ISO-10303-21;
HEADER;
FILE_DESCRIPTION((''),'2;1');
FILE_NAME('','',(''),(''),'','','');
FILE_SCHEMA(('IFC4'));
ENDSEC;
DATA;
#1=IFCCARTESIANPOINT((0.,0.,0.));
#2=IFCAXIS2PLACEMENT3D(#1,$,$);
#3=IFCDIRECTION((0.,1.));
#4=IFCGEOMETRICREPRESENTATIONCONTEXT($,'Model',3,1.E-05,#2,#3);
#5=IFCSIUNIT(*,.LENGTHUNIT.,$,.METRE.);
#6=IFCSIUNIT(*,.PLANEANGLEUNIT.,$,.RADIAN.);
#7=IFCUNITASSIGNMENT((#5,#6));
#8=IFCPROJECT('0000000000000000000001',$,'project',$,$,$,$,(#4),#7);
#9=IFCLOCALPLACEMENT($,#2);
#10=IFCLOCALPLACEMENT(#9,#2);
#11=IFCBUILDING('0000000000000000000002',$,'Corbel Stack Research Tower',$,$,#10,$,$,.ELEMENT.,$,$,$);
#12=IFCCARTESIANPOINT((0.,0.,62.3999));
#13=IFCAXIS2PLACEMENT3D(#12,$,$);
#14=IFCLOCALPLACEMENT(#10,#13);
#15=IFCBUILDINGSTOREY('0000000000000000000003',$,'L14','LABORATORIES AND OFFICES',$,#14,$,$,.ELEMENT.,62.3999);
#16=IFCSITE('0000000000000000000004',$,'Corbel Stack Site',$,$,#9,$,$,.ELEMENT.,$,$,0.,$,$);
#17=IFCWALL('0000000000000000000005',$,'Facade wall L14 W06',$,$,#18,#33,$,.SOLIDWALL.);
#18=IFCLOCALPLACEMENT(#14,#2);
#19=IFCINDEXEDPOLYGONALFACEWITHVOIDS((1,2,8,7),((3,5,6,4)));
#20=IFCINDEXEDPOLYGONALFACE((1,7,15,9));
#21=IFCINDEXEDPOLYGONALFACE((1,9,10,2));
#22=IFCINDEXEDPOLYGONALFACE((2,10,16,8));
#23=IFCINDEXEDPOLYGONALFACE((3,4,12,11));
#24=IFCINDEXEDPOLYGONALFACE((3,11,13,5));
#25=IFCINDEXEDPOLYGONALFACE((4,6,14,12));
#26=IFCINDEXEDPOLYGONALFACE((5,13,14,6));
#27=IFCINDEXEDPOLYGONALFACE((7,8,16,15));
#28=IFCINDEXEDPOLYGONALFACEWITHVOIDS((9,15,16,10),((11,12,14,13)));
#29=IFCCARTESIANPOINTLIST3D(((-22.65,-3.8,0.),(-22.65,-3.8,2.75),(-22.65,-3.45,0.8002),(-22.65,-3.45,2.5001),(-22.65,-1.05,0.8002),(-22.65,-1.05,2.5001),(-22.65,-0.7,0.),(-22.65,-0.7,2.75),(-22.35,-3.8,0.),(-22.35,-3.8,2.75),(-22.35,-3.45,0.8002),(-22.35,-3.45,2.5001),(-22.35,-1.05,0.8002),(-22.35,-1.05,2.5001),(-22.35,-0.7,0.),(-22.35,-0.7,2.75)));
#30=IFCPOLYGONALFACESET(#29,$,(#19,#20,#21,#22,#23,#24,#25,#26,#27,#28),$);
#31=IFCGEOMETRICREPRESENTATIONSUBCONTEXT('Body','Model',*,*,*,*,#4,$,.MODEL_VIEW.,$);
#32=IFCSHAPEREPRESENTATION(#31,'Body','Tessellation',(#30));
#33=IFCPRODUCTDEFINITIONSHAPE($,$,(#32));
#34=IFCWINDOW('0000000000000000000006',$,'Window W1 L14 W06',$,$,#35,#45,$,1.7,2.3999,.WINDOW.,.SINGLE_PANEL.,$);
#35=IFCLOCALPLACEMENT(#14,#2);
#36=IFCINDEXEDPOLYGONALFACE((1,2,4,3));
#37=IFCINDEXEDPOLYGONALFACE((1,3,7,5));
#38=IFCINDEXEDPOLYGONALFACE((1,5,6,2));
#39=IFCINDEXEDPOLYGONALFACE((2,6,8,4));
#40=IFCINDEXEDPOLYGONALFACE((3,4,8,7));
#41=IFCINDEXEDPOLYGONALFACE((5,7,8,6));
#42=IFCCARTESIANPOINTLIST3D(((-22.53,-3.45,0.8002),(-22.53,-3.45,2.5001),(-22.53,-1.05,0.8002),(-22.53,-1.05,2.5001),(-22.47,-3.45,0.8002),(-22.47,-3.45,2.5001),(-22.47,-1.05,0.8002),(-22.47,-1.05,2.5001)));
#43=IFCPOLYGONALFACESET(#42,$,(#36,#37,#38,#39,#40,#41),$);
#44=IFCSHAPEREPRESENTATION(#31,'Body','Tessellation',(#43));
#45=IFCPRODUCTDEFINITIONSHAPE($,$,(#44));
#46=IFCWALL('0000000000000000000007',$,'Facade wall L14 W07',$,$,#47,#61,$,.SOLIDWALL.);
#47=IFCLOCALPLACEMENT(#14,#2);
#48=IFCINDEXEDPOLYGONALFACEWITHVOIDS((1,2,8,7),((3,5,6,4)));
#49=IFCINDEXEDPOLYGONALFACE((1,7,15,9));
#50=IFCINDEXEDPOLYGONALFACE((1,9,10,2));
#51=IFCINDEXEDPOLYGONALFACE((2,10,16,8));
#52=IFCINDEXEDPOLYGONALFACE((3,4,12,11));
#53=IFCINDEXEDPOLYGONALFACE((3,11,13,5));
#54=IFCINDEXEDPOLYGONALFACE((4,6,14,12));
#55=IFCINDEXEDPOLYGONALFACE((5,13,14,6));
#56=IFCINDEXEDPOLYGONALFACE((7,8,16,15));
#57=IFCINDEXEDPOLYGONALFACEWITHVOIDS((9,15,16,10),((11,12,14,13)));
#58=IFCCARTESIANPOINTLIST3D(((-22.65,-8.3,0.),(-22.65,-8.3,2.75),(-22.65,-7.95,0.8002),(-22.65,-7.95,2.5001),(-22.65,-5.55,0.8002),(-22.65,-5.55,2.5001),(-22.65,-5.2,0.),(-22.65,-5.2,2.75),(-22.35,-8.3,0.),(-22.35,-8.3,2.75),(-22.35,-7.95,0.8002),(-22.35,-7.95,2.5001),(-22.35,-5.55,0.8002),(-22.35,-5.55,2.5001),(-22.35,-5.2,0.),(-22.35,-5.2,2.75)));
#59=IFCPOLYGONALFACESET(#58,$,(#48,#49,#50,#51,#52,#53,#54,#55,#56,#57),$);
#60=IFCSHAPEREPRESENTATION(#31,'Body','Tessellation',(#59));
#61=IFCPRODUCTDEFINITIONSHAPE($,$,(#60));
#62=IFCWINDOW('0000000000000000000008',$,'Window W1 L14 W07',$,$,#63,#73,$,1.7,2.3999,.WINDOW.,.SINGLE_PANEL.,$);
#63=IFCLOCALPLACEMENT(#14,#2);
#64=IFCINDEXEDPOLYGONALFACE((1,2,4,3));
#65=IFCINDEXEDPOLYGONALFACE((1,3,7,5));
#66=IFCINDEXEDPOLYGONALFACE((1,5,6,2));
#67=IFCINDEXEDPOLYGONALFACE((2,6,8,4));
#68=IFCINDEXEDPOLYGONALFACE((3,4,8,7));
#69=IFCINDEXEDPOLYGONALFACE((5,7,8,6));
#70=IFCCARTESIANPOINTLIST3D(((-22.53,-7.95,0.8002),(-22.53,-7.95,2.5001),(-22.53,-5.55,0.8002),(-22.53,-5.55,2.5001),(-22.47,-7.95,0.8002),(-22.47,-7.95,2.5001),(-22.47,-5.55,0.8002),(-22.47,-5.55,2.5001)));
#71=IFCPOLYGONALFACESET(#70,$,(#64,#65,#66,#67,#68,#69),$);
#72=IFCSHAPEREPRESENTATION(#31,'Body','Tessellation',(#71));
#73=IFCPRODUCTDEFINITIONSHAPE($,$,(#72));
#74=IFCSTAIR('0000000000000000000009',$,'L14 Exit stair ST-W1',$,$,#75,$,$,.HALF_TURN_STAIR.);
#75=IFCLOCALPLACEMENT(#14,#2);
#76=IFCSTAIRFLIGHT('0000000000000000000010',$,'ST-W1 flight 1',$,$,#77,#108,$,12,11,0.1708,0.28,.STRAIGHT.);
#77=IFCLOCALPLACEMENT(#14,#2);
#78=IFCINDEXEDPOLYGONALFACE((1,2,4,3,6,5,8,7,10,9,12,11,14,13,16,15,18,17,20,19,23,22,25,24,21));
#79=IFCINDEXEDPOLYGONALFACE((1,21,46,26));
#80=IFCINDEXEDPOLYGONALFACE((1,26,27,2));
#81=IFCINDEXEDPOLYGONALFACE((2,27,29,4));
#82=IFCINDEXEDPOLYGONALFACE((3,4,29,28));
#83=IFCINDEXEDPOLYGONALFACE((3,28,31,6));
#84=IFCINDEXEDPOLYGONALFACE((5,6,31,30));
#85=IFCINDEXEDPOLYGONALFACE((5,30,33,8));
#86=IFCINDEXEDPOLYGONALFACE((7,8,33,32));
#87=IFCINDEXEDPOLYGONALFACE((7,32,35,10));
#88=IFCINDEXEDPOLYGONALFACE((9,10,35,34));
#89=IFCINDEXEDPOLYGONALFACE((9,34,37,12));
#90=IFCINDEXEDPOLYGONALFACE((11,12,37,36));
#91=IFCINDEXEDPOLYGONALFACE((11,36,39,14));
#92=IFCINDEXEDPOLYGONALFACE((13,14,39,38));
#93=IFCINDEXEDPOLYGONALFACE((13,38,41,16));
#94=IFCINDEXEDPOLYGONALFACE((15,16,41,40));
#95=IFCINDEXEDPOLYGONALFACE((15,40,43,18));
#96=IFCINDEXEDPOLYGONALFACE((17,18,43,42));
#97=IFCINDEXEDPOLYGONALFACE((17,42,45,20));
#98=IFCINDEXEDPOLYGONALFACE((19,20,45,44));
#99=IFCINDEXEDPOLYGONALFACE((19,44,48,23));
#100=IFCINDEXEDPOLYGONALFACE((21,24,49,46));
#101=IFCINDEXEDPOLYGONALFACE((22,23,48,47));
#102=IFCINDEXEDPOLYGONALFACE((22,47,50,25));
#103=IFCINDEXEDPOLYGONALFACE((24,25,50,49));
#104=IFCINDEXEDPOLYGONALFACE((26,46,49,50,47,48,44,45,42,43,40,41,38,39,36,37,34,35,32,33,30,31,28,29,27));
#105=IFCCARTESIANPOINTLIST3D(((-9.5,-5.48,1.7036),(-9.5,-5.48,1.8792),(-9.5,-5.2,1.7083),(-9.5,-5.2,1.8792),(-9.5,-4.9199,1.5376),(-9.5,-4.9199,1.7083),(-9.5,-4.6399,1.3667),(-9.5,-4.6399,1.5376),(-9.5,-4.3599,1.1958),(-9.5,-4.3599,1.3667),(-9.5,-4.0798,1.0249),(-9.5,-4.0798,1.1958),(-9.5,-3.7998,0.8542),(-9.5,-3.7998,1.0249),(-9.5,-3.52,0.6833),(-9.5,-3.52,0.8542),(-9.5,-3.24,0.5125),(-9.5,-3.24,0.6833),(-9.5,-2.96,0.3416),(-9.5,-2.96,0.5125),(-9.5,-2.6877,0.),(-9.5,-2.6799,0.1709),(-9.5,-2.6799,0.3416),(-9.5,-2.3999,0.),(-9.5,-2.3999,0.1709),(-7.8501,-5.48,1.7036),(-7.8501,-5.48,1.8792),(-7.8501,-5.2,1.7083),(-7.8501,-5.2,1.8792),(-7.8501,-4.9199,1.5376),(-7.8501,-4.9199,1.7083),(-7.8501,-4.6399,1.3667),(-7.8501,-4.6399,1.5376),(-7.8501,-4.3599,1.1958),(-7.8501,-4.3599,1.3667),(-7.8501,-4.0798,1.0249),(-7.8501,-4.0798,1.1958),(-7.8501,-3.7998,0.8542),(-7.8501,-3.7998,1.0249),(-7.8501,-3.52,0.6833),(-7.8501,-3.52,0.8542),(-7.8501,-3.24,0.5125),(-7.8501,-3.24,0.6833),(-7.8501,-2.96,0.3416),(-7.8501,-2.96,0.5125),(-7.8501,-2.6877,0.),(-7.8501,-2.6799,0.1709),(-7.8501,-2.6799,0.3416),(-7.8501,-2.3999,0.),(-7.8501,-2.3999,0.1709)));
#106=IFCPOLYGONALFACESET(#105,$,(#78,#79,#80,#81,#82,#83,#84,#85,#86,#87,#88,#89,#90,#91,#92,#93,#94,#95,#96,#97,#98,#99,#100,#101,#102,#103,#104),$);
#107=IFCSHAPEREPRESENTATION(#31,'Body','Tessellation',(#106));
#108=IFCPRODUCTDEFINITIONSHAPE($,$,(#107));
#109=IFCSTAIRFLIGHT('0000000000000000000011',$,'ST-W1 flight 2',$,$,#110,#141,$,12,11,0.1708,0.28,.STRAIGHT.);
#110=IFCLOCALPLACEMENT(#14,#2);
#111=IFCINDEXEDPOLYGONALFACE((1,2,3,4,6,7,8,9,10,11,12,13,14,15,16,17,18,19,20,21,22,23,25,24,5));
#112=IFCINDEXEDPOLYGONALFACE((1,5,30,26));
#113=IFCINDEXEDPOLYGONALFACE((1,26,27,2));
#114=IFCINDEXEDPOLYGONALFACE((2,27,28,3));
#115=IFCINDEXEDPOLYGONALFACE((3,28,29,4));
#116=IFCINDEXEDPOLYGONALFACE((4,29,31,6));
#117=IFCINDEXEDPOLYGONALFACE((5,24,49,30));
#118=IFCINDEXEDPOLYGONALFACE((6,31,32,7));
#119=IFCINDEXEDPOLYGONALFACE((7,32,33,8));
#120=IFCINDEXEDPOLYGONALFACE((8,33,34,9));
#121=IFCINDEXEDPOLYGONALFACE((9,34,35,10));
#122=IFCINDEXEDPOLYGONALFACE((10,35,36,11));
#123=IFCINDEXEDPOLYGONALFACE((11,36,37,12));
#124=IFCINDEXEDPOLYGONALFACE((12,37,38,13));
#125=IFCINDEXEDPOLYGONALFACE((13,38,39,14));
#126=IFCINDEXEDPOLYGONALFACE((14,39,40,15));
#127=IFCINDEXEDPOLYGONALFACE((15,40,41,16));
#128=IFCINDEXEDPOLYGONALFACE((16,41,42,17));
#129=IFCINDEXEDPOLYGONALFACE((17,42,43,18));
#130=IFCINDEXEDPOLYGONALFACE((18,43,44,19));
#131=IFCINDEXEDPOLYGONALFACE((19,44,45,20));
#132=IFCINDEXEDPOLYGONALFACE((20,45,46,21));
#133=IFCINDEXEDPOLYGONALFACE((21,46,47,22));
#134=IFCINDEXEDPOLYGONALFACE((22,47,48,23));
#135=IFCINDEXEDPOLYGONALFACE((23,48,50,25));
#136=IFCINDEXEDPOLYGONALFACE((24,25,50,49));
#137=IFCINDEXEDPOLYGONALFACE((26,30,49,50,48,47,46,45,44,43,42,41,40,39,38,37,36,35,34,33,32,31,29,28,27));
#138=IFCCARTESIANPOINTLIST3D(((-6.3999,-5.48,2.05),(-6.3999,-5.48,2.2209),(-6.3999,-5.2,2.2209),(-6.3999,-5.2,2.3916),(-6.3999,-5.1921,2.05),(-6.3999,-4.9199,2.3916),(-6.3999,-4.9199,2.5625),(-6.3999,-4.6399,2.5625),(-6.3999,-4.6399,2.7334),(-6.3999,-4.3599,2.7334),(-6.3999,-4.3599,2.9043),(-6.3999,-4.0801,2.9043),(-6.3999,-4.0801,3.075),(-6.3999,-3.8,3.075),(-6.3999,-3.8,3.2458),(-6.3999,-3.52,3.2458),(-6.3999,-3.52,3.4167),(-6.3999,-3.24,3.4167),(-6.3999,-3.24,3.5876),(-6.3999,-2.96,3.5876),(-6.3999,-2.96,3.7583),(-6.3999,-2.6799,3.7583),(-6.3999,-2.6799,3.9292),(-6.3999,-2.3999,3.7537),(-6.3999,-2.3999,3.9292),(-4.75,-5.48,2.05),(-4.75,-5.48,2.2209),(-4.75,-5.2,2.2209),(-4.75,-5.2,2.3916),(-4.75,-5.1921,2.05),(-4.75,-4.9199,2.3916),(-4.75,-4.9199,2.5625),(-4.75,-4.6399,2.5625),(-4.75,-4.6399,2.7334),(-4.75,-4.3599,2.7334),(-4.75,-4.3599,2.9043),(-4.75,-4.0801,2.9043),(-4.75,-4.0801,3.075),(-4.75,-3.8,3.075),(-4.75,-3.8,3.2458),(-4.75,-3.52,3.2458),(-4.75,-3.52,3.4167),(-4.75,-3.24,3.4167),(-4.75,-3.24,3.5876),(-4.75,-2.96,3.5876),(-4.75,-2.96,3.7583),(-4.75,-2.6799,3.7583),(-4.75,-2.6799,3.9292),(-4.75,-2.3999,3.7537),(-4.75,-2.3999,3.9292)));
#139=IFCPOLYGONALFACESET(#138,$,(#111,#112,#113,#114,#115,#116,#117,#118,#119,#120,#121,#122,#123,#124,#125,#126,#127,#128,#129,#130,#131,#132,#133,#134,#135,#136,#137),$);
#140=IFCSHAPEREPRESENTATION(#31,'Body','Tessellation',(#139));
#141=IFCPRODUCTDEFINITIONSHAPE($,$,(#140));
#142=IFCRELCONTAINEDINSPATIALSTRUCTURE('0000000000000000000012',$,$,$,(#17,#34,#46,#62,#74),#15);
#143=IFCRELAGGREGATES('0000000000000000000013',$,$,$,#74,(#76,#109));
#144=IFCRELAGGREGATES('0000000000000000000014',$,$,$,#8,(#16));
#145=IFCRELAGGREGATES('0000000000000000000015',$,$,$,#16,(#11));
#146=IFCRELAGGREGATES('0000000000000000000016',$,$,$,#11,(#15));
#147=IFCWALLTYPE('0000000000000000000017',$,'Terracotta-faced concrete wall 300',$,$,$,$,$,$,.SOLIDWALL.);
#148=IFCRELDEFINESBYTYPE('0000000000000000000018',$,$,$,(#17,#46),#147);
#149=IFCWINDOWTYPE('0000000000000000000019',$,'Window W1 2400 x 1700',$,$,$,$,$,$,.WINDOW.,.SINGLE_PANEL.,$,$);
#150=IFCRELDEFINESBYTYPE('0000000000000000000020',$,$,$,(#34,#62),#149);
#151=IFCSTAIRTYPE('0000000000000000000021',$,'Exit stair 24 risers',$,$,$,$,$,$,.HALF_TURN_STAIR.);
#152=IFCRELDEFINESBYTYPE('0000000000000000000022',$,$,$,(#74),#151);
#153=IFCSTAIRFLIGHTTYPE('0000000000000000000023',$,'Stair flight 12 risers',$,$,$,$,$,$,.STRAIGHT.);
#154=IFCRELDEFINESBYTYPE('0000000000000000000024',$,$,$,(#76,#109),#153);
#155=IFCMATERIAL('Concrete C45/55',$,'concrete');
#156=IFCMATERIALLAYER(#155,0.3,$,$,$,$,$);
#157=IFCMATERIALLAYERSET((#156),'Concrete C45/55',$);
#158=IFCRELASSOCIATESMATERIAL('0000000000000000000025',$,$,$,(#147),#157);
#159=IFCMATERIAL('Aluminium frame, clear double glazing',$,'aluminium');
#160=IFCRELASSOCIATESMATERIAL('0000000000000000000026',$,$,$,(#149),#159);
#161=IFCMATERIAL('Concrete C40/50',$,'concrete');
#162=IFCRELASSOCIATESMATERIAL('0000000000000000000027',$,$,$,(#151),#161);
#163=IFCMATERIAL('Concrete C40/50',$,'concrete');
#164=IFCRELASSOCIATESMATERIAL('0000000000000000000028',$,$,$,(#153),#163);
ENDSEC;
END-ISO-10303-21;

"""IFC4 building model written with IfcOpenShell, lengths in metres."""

from ifc_helpers import new_model, si_unit, direction, frame, frame_2d, origin, place, context, subcontext, project, spatial, polyline, rectangle, outline, extrude, material, layer, layer_set, type_object, element, fill, aggregate, save


model = new_model("IFC4")

# Units and contexts
model_context = context("Model", 3, precision=1e-05, world=origin(), true_north=direction((0.0, 1.0)))
body_context = subcontext(model_context, "Body", "Model", "MODEL_VIEW")
ifc_project = project(units=[si_unit("LENGTHUNIT", "METRE"), si_unit("PLANEANGLEUNIT", "RADIAN")], contexts=[model_context])

# Site, building, storey
site_placement = place(None, origin())
site = spatial("IfcSite", under=ifc_project, at=site_placement, Name="Corbel Stack Site", CompositionType="ELEMENT", RefElevation=0.0)
building_placement = place(site_placement, origin())
building = spatial("IfcBuilding", under=site, at=building_placement, Name="Corbel Stack Research Tower", CompositionType="ELEMENT")
storey_placement = place(building_placement, frame((0.0, 0.0, 62.3999)))
storey = spatial("IfcBuildingStorey", under=building, at=storey_placement, Name="L14", Description="LABORATORIES AND OFFICES", CompositionType="ELEMENT", Elevation=62.3999)

# Walls, openings, windows
ifc_material_1 = material(Name="Concrete C45/55", Category="concrete")
ifc_layer_1 = layer(ifc_material_1, 0.3)
ifc_layer_set_1 = layer_set([ifc_layer_1], Name="Concrete C45/55")
wall_type_1 = type_object("IfcWallType", Name="Terracotta-faced concrete wall 300", PredefinedType="SOLIDWALL", material=ifc_layer_set_1)
wall_1_placement = place(storey_placement, frame((-22.5, -3.8, 0.0), z_axis=(0.0, 0.0, 1.0), x_axis=(0.0, 1.0, 0.0)))
wall_1 = element("IfcWall", 1, at=wall_1_placement, inside=storey, type_object=wall_type_1, Name="Facade wall L14 W06", PredefinedType="SOLIDWALL", context=body_context, shape_type="SweptSolid", body=[
    extrude(rectangle(XDim=3.1001, YDim=0.3, at=frame_2d((1.55, 0.0))), origin(), (0.0, 0.0, 1.0), 2.75),
])
opening_1_placement = place(wall_1_placement, frame((0.3501, 0.0, 0.8)))
opening_1 = element("IfcOpeningElement", 2, at=opening_1_placement, cuts=wall_1, PredefinedType="OPENING", context=body_context, shape_type="SweptSolid", body=[
    extrude(rectangle(XDim=2.3999, YDim=1.7, at=frame_2d((1.2, 0.8501))), frame((0.0, 0.1599, 0.0), z_axis=(0.0, -1.0, 0.0), x_axis=(1.0, 0.0, 0.0)), (0.0, 0.0, 1.0), 0.3201),
])
ifc_material_2 = material(Name="Aluminium frame, clear double glazing", Category="aluminium")
window_type = type_object("IfcWindowType", Name="Window W1 2400 x 1700", PartitioningType="SINGLE_PANEL", PredefinedType="WINDOW", material=ifc_material_2)
window_1_placement = place(opening_1_placement, origin())
window_1 = element("IfcWindow", 3, at=window_1_placement, inside=storey, type_object=window_type, Name="Window W1 L14 W06", OverallHeight=1.7, OverallWidth=2.3999, PartitioningType="SINGLE_PANEL", PredefinedType="WINDOW", context=body_context, shape_type="SweptSolid", body=[
    extrude(rectangle(XDim=2.3999, YDim=1.7, at=frame_2d((1.2, 0.8501))), frame((0.0, 0.03, 0.0), z_axis=(0.0, -1.0, 0.0), x_axis=(1.0, 0.0, 0.0)), (0.0, 0.0, 1.0), 0.0601),
])
fill(opening_1, window_1)
wall_2_placement = place(storey_placement, frame((-22.5, -8.3, 0.0), z_axis=(0.0, 0.0, 1.0), x_axis=(0.0, 1.0, 0.0)))
wall_2 = element("IfcWall", 4, at=wall_2_placement, inside=storey, type_object=wall_type_1, Name="Facade wall L14 W07", PredefinedType="SOLIDWALL", context=body_context, shape_type="SweptSolid", body=[
    extrude(rectangle(XDim=3.1001, YDim=0.3, at=frame_2d((1.55, 0.0))), origin(), (0.0, 0.0, 1.0), 2.75),
])
opening_2_placement = place(wall_2_placement, frame((0.3501, 0.0, 0.8)))
opening_2 = element("IfcOpeningElement", 5, at=opening_2_placement, cuts=wall_2, PredefinedType="OPENING", context=body_context, shape_type="SweptSolid", body=[
    extrude(rectangle(XDim=2.3999, YDim=1.7, at=frame_2d((1.2, 0.8501))), frame((0.0, 0.1599, 0.0), z_axis=(0.0, -1.0, 0.0), x_axis=(1.0, 0.0, 0.0)), (0.0, 0.0, 1.0), 0.3201),
])
window_2_placement = place(opening_2_placement, origin())
window_2 = element("IfcWindow", 6, at=window_2_placement, inside=storey, type_object=window_type, Name="Window W1 L14 W07", OverallHeight=1.7, OverallWidth=2.3999, PartitioningType="SINGLE_PANEL", PredefinedType="WINDOW", context=body_context, shape_type="SweptSolid", body=[
    extrude(rectangle(XDim=2.3999, YDim=1.7, at=frame_2d((1.2, 0.8501))), frame((0.0, 0.03, 0.0), z_axis=(0.0, -1.0, 0.0), x_axis=(1.0, 0.0, 0.0)), (0.0, 0.0, 1.0), 0.0601),
])
fill(opening_2, window_2)

# Stair, stair flights
ifc_material_3 = material(Name="Concrete C40/50", Category="concrete")
stair_type = type_object("IfcStairType", Name="Exit stair 24 risers", PredefinedType="HALF_TURN_STAIR", material=ifc_material_3)
stair_placement = place(storey_placement, origin())
stair = element("IfcStair", 7, at=stair_placement, inside=storey, type_object=stair_type, Name="L14 Exit stair ST-W1", PredefinedType="HALF_TURN_STAIR")
ifc_material_4 = material(Name="Concrete C40/50", Category="concrete")
stair_flight_type = type_object("IfcStairFlightType", Name="Stair flight 12 risers", PredefinedType="STRAIGHT", material=ifc_material_4)
stair_flight_1_placement = place(storey_placement, frame((-8.675, -2.3999, 0.0), z_axis=(0.0, 0.0, 1.0), x_axis=(0.0, -1.0, 0.0)))
stair_flight_1 = element("IfcStairFlight", 8, at=stair_flight_1_placement, type_object=stair_flight_type, Name="ST-W1 flight 1", NumberOfRisers=12, NumberOfTreads=11, PredefinedType="STRAIGHT", RiserHeight=0.1708, TreadLength=0.28, context=body_context, shape_type="SweptSolid", body=[
    extrude(outline(polyline([(0.0, 0.0), (0.0, 0.1709), (0.28, 0.1709), (0.28, 0.3416), (0.5601, 0.3416), (0.5601, 0.5125), (0.8401, 0.5125), (0.8401, 0.6833), (1.1201, 0.6833), (1.1201, 0.8542), (1.3999, 0.8542), (1.3999, 1.0249), (1.6799, 1.0249), (1.6799, 1.1958), (1.96, 1.1958), (1.96, 1.3667), (2.24, 1.3667), (2.24, 1.5376), (2.52, 1.5376), (2.52, 1.7083), (2.8, 1.7083), (2.8, 1.8792), (3.0801, 1.8792), (3.0801, 2.05), (3.0801, 1.7036), (0.2878, 0.0), (0.0, 0.0)])), frame((0.0, 0.825, 0.0), z_axis=(0.0, -1.0, 0.0), x_axis=(1.0, 0.0, 0.0)), (0.0, 0.0, 1.0), 1.6499),
])
stair_flight_2_placement = place(storey_placement, frame((-5.575, -5.48, 2.05), z_axis=(0.0, 0.0, 1.0), x_axis=(0.0, 1.0, 0.0)))
stair_flight_2 = element("IfcStairFlight", 9, at=stair_flight_2_placement, type_object=stair_flight_type, Name="ST-W1 flight 2", NumberOfRisers=12, NumberOfTreads=11, PredefinedType="STRAIGHT", RiserHeight=0.1708, TreadLength=0.28, context=body_context, shape_type="SweptSolid", body=[
    extrude(outline(polyline([(0.0, 0.0), (0.0, 0.1709), (0.28, 0.1709), (0.28, 0.3416), (0.5601, 0.3416), (0.5601, 0.5125), (0.8401, 0.5125), (0.8401, 0.6833), (1.1201, 0.6833), (1.1201, 0.8542), (1.3999, 0.8542), (1.3999, 1.0249), (1.6799, 1.0249), (1.6799, 1.1958), (1.96, 1.1958), (1.96, 1.3667), (2.24, 1.3667), (2.24, 1.5376), (2.52, 1.5376), (2.52, 1.7083), (2.8, 1.7083), (2.8, 1.8792), (3.0801, 1.8792), (3.0801, 2.05), (3.0801, 1.7036), (0.2878, 0.0), (0.0, 0.0)])), frame((0.0, 0.825, 0.0), z_axis=(0.0, -1.0, 0.0), x_axis=(1.0, 0.0, 0.0)), (0.0, 0.0, 1.0), 1.6499),
])
aggregate(stair, [stair_flight_1, stair_flight_2])

save(model, "model.ifc")
